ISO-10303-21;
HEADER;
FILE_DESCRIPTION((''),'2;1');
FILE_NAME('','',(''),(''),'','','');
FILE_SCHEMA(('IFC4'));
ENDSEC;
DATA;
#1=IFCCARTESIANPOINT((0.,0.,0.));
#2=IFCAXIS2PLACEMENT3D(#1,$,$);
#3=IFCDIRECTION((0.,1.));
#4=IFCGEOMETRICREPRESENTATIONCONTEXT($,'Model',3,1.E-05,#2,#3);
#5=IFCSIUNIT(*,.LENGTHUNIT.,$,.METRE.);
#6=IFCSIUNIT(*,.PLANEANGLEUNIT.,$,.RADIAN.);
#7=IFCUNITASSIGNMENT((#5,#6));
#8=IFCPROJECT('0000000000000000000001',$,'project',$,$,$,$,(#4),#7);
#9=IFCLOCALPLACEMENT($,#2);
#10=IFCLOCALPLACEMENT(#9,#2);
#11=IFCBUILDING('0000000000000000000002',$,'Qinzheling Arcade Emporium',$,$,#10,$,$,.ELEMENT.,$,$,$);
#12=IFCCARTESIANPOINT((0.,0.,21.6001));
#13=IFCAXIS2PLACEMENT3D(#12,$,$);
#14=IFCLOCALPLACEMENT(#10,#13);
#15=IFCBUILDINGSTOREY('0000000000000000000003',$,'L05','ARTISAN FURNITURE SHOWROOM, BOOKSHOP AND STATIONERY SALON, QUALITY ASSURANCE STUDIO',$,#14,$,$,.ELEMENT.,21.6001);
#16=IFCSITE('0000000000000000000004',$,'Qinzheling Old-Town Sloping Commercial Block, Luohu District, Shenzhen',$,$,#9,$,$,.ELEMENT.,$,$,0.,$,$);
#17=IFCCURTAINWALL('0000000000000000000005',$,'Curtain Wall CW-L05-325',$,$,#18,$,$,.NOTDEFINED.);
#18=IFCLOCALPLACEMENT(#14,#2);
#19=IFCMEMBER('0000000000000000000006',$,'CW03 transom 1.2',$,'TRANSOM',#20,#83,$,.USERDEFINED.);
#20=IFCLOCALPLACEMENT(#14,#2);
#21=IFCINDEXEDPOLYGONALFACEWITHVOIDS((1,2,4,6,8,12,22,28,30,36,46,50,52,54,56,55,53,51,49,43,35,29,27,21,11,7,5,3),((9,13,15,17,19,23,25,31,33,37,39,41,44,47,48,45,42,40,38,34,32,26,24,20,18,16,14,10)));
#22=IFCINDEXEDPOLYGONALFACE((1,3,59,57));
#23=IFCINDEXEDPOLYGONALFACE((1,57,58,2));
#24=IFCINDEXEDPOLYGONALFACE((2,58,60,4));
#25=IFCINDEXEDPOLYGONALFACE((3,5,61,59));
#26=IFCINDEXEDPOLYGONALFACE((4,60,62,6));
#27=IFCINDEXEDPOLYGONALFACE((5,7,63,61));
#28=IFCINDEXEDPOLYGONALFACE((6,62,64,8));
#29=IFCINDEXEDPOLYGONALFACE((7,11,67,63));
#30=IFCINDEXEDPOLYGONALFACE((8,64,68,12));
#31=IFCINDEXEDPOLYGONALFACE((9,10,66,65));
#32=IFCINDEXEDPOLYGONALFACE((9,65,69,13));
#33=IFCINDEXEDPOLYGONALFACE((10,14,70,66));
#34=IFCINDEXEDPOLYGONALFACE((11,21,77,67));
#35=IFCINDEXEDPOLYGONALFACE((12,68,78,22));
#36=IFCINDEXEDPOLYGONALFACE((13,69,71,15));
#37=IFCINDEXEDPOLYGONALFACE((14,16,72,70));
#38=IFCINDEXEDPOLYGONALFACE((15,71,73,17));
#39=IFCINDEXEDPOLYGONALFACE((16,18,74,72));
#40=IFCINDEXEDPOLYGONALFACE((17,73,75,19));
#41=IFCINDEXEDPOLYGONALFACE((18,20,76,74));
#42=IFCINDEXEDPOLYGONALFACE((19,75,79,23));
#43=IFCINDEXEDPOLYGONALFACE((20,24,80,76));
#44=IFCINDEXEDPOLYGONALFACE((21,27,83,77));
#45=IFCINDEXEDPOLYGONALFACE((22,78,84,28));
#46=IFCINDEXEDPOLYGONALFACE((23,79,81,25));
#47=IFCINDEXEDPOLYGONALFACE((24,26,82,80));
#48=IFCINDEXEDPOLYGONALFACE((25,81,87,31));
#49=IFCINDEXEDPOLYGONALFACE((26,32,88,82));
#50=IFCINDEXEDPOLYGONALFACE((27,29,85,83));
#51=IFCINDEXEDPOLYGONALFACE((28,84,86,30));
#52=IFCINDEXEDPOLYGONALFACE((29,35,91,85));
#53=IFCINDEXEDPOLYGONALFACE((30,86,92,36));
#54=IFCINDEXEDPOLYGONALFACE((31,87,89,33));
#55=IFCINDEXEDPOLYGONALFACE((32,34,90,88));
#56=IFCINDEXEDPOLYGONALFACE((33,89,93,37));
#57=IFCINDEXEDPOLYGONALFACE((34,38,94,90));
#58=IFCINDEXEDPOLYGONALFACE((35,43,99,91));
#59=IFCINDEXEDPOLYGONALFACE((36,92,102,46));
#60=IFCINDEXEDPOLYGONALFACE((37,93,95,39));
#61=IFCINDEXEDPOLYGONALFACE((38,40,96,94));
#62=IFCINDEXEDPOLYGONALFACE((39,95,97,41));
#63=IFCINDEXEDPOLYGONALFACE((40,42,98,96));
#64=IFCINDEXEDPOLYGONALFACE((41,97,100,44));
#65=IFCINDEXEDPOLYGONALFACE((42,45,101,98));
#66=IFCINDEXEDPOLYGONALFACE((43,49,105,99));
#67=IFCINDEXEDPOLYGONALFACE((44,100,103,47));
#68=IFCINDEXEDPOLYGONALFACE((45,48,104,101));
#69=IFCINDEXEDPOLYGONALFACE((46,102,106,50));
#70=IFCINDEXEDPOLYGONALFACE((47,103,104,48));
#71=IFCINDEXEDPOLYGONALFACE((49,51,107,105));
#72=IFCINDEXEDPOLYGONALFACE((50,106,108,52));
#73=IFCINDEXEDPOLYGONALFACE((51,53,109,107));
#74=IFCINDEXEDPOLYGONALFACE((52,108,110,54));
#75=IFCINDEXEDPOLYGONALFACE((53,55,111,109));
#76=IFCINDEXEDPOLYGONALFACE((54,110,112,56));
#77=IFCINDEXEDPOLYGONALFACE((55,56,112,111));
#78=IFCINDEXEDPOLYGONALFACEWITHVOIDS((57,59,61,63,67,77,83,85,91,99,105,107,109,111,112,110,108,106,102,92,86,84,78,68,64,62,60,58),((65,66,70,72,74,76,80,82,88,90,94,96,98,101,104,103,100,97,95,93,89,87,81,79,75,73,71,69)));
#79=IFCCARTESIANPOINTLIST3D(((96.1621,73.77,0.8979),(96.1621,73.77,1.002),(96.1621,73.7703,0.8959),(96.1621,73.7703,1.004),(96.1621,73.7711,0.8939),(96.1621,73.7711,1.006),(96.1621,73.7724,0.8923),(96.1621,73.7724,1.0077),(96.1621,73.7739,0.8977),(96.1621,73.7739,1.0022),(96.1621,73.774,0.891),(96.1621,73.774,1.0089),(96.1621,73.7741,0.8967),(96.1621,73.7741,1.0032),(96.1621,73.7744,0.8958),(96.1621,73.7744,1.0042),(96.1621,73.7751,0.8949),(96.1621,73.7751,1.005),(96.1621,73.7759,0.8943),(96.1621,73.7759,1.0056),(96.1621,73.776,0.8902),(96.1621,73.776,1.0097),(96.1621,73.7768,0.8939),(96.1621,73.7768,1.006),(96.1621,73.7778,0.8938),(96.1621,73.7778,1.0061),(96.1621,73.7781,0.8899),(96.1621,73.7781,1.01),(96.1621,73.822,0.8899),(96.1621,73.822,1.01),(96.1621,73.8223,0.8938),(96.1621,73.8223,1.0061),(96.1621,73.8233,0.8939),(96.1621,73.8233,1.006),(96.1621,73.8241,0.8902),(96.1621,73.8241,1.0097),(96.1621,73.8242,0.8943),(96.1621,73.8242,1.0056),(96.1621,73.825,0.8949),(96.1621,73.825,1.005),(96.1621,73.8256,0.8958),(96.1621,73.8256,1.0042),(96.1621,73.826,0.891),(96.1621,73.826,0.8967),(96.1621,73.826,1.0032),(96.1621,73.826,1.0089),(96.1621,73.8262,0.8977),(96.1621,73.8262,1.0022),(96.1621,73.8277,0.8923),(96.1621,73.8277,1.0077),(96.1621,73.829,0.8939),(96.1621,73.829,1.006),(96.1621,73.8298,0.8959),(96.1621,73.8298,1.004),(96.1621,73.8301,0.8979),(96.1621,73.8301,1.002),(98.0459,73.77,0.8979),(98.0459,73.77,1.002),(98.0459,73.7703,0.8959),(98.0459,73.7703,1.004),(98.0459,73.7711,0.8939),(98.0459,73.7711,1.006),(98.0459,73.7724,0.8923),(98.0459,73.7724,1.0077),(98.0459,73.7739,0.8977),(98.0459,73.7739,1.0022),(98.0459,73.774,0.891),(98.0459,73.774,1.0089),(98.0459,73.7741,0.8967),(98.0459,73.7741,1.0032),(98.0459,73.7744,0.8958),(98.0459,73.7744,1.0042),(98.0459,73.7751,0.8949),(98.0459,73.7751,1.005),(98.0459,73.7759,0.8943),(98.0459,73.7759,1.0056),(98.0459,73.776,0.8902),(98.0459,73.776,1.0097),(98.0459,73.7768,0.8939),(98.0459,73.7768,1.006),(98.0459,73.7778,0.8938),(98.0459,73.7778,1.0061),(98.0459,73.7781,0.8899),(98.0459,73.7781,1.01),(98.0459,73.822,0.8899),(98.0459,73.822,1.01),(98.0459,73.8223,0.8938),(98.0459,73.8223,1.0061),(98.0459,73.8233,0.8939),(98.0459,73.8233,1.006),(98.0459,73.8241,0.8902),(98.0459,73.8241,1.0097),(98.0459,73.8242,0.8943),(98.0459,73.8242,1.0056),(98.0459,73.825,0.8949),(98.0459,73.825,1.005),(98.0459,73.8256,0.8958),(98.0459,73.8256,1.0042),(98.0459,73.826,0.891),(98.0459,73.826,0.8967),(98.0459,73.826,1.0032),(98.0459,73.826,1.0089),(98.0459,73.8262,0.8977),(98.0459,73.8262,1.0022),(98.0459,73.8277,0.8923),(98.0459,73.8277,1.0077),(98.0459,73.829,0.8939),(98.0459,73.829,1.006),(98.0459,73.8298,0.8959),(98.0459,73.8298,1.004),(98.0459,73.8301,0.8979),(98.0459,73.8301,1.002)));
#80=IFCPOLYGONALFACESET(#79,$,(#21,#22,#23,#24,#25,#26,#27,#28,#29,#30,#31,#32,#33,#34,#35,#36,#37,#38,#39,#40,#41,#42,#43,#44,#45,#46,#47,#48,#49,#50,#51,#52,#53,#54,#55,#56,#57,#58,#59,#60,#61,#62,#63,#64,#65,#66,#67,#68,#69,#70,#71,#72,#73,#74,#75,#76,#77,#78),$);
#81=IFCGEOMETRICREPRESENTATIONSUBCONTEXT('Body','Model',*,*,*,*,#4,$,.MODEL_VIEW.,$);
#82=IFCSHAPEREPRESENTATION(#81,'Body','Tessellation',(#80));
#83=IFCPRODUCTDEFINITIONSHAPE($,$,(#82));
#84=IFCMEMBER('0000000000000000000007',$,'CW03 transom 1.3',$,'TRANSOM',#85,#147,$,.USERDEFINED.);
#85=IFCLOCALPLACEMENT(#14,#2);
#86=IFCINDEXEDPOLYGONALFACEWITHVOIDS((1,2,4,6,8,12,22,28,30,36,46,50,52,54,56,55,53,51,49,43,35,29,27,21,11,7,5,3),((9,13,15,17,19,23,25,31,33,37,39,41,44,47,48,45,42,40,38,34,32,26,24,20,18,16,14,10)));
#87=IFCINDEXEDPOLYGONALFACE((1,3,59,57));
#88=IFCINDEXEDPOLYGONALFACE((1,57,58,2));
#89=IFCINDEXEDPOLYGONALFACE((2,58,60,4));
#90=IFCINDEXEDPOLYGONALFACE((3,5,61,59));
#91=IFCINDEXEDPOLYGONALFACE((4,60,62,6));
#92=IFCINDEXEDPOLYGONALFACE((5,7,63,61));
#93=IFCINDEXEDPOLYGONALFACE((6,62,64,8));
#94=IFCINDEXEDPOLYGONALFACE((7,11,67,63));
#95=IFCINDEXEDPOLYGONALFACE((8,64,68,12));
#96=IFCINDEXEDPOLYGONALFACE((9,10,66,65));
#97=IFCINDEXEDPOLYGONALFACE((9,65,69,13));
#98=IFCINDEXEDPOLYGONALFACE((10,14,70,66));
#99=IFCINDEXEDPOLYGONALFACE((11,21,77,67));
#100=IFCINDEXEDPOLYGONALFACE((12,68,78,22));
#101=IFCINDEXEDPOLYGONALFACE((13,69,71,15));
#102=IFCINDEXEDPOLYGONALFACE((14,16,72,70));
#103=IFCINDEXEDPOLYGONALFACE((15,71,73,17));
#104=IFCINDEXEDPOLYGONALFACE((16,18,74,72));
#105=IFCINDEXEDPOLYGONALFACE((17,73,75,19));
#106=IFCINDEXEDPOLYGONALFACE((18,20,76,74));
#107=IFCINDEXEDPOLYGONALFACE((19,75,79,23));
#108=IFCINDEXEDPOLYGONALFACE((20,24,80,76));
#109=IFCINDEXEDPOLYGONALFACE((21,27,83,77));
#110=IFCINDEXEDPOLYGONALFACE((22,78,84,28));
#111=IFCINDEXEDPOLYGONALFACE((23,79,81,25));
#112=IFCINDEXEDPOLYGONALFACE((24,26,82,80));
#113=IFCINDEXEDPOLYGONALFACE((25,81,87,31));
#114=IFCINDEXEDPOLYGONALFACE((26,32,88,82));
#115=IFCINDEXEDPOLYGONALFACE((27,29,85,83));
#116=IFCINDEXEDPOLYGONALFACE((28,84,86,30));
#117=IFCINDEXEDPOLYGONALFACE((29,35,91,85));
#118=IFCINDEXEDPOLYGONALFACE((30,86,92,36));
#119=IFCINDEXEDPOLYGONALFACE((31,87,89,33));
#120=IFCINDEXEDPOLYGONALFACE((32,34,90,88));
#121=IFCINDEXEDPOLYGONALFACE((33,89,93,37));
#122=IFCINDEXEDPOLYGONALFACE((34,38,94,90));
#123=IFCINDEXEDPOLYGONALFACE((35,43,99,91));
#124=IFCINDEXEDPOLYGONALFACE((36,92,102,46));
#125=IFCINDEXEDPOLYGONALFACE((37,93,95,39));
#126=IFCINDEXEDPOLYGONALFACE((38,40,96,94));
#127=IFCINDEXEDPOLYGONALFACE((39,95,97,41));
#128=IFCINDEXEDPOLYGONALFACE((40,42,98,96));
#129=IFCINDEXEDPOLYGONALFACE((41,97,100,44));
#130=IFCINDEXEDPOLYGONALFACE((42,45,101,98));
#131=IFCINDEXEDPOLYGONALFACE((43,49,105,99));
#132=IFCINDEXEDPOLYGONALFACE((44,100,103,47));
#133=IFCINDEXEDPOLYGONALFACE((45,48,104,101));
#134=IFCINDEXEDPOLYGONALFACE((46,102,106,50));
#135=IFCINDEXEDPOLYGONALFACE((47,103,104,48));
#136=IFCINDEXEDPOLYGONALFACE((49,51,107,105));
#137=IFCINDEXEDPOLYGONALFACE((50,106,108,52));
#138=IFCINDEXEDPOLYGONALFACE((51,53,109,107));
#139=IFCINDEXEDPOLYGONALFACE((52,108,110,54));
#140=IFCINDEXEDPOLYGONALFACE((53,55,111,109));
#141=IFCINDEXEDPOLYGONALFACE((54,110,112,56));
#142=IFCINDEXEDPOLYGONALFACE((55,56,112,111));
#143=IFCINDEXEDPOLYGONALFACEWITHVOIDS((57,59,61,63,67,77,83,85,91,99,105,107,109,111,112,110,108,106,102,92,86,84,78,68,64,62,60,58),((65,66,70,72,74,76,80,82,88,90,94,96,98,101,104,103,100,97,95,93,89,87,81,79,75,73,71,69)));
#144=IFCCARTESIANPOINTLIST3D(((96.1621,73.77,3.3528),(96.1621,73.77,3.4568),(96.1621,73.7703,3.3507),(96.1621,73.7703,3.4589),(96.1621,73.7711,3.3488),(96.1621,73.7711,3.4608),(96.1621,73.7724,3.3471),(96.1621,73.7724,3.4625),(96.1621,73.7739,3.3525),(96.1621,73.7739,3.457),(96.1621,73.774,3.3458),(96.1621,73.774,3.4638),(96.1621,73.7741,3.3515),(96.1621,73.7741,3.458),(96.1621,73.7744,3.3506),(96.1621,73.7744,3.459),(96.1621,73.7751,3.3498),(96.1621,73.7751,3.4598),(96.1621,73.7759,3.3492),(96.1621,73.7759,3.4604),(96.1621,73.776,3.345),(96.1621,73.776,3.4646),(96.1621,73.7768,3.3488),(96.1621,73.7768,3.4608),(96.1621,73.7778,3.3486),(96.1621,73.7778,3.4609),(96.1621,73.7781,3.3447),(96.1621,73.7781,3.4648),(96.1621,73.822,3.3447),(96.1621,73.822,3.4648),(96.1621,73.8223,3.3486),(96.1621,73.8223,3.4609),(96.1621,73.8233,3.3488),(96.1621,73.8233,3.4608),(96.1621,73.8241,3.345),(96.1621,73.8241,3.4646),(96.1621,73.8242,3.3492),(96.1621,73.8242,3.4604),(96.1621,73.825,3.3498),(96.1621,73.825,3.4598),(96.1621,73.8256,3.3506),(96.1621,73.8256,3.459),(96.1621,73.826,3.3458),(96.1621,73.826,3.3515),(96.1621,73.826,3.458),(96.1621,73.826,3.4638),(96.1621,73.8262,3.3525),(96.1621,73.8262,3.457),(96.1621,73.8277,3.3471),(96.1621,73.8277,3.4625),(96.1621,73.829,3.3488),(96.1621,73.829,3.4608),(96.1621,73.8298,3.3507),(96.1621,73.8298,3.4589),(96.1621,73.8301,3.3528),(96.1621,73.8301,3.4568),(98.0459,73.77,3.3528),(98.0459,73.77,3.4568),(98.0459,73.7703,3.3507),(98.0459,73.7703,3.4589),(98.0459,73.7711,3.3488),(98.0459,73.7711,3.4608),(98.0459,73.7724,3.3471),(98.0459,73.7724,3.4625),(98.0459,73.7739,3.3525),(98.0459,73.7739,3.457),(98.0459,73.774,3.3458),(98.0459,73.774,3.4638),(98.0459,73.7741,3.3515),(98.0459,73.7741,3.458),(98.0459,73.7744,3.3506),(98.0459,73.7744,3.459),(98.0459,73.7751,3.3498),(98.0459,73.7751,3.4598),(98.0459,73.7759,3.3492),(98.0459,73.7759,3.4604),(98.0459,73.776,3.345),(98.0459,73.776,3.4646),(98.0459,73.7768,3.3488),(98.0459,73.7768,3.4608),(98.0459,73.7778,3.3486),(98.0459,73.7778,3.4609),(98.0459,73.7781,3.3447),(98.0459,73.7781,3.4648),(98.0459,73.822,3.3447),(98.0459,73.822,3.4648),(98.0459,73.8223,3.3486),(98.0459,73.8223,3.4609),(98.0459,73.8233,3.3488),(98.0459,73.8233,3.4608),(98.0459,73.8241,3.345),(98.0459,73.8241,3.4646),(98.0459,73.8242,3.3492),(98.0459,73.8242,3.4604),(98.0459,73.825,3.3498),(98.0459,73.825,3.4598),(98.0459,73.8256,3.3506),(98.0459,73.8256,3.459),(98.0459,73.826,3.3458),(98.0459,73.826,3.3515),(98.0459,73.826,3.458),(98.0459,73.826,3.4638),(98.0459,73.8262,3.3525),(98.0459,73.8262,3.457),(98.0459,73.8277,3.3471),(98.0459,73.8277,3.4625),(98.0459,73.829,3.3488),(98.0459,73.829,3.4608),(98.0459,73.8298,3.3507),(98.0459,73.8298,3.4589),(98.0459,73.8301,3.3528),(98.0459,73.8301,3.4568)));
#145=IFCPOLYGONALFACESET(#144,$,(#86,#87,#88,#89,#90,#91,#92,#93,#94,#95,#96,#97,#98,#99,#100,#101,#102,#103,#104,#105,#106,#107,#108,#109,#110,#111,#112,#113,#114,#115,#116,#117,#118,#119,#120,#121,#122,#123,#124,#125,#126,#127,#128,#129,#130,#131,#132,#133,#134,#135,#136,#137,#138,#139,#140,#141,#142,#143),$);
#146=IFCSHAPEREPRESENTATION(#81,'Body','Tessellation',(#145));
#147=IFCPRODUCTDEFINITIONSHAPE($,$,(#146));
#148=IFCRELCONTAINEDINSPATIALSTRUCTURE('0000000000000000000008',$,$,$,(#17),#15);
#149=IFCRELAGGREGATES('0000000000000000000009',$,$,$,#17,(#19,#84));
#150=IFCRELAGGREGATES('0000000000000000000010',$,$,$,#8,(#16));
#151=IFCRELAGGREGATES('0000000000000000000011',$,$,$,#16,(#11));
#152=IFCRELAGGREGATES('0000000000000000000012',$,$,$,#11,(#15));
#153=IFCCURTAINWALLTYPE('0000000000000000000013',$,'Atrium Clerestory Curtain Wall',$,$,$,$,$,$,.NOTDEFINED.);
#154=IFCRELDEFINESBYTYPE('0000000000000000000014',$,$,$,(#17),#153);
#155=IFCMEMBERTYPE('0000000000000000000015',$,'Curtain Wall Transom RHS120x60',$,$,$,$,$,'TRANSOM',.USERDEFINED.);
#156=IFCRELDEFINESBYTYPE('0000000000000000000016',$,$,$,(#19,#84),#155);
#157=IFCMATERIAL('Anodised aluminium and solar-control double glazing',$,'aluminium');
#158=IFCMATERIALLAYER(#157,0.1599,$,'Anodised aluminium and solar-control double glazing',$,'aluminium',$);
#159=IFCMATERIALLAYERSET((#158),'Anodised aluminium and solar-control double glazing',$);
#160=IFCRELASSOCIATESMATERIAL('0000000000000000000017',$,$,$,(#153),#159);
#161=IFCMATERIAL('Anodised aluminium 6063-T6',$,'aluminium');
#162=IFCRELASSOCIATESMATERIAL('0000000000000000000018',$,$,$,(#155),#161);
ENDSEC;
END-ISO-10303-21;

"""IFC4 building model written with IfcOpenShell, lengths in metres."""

from ifc_helpers import new_model, si_unit, direction, frame, origin, origin_2d, place, context, subcontext, project, spatial, hollow_rectangle, extrude, material, layer, layer_set, material_profile, profile_set, type_object, element, aggregate, save


model = new_model("IFC4")

# Units and contexts
model_context = context("Model", 3, precision=1e-05, world=origin(), true_north=direction((0.0, 1.0)))
body_context = subcontext(model_context, "Body", "Model", "MODEL_VIEW")
ifc_project = project(units=[si_unit("LENGTHUNIT", "METRE"), si_unit("PLANEANGLEUNIT", "RADIAN")], contexts=[model_context])

# Site, building, storey
site_placement = place(None, origin())
site = spatial("IfcSite", under=ifc_project, at=site_placement, Name="Qinzheling Old-Town Sloping Commercial Block, Luohu District, Shenzhen", CompositionType="ELEMENT", RefElevation=0.0)
building_placement = place(site_placement, origin())
building = spatial("IfcBuilding", under=site, at=building_placement, Name="Qinzheling Arcade Emporium", CompositionType="ELEMENT")
storey_placement = place(building_placement, frame((0.0, 0.0, 21.6001)))
storey = spatial("IfcBuildingStorey", under=building, at=storey_placement, Name="L05", Description="ARTISAN FURNITURE SHOWROOM, BOOKSHOP AND STATIONERY SALON, QUALITY ASSURANCE STUDIO", CompositionType="ELEMENT", Elevation=21.6001)

# Shared definitions
ifc_material_1 = material(Name="Anodised aluminium and solar-control double glazing", Category="aluminium")
ifc_layer_1 = layer(ifc_material_1, 0.1599, Name="Anodised aluminium and solar-control double glazing", Category="aluminium")
ifc_layer_set_1 = layer_set([ifc_layer_1], Name="Anodised aluminium and solar-control double glazing")
curtain_wall_type = type_object("IfcCurtainWallType", Name="Atrium Clerestory Curtain Wall", PredefinedType="NOTDEFINED", material=ifc_layer_set_1)
ifc_material_2 = material(Name="Anodised aluminium 6063-T6", Category="aluminium")

# Curtain wall, members
curtain_wall_1_placement = place(storey_placement, origin())
curtain_wall_1 = element("IfcCurtainWall", 1, at=curtain_wall_1_placement, inside=storey, type_object=curtain_wall_type, Name="Curtain Wall CW-L05-325", PredefinedType="NOTDEFINED")
ifc_material_profile_1 = material_profile(ifc_material_2, hollow_rectangle(XDim=0.0601, YDim=0.1201, WallThickness=0.0039, InnerFilletRadius=0.0039, OuterFilletRadius=0.0081, at=origin_2d()), Name="RHS 120x60x4", Category="aluminium")
ifc_profile_set_1 = profile_set([ifc_material_profile_1], Name="Anodised aluminium 6063-T6")
member_type_1 = type_object("IfcMemberType", Name="Curtain Wall Transom RHS120x60", ElementType="TRANSOM", PredefinedType="USERDEFINED", material=ifc_profile_set_1)
member_1_placement = place(storey_placement, frame((96.1621, 73.8, 0.95), z_axis=(1.0, 0.0, 0.0), x_axis=(0.0, 1.0, 0.0)))
member_1 = element("IfcMember", 2, at=member_1_placement, type_object=member_type_1, Name="CW03 transom 1.2", ObjectType="TRANSOM", PredefinedType="USERDEFINED", context=body_context, shape_type="SweptSolid", body=[
    extrude(hollow_rectangle(XDim=0.0601, YDim=0.1201, WallThickness=0.0039, InnerFilletRadius=0.0039, OuterFilletRadius=0.0081, at=origin_2d()), origin(), (0.0, 0.0, 1.0), 1.8838),
])
member_2_placement = place(storey_placement, frame((96.1621, 73.8, 3.4048), z_axis=(1.0, 0.0, 0.0), x_axis=(0.0, 1.0, 0.0)))
member_2 = element("IfcMember", 3, at=member_2_placement, type_object=member_type_1, Name="CW03 transom 1.3", ObjectType="TRANSOM", PredefinedType="USERDEFINED", context=body_context, shape_type="SweptSolid", body=[
    extrude(hollow_rectangle(XDim=0.0601, YDim=0.1201, WallThickness=0.0039, InnerFilletRadius=0.0039, OuterFilletRadius=0.0081, at=origin_2d()), origin(), (0.0, 0.0, 1.0), 1.8838),
])

aggregate(curtain_wall_1, [member_1, member_2])

save(model, "model.ifc")
